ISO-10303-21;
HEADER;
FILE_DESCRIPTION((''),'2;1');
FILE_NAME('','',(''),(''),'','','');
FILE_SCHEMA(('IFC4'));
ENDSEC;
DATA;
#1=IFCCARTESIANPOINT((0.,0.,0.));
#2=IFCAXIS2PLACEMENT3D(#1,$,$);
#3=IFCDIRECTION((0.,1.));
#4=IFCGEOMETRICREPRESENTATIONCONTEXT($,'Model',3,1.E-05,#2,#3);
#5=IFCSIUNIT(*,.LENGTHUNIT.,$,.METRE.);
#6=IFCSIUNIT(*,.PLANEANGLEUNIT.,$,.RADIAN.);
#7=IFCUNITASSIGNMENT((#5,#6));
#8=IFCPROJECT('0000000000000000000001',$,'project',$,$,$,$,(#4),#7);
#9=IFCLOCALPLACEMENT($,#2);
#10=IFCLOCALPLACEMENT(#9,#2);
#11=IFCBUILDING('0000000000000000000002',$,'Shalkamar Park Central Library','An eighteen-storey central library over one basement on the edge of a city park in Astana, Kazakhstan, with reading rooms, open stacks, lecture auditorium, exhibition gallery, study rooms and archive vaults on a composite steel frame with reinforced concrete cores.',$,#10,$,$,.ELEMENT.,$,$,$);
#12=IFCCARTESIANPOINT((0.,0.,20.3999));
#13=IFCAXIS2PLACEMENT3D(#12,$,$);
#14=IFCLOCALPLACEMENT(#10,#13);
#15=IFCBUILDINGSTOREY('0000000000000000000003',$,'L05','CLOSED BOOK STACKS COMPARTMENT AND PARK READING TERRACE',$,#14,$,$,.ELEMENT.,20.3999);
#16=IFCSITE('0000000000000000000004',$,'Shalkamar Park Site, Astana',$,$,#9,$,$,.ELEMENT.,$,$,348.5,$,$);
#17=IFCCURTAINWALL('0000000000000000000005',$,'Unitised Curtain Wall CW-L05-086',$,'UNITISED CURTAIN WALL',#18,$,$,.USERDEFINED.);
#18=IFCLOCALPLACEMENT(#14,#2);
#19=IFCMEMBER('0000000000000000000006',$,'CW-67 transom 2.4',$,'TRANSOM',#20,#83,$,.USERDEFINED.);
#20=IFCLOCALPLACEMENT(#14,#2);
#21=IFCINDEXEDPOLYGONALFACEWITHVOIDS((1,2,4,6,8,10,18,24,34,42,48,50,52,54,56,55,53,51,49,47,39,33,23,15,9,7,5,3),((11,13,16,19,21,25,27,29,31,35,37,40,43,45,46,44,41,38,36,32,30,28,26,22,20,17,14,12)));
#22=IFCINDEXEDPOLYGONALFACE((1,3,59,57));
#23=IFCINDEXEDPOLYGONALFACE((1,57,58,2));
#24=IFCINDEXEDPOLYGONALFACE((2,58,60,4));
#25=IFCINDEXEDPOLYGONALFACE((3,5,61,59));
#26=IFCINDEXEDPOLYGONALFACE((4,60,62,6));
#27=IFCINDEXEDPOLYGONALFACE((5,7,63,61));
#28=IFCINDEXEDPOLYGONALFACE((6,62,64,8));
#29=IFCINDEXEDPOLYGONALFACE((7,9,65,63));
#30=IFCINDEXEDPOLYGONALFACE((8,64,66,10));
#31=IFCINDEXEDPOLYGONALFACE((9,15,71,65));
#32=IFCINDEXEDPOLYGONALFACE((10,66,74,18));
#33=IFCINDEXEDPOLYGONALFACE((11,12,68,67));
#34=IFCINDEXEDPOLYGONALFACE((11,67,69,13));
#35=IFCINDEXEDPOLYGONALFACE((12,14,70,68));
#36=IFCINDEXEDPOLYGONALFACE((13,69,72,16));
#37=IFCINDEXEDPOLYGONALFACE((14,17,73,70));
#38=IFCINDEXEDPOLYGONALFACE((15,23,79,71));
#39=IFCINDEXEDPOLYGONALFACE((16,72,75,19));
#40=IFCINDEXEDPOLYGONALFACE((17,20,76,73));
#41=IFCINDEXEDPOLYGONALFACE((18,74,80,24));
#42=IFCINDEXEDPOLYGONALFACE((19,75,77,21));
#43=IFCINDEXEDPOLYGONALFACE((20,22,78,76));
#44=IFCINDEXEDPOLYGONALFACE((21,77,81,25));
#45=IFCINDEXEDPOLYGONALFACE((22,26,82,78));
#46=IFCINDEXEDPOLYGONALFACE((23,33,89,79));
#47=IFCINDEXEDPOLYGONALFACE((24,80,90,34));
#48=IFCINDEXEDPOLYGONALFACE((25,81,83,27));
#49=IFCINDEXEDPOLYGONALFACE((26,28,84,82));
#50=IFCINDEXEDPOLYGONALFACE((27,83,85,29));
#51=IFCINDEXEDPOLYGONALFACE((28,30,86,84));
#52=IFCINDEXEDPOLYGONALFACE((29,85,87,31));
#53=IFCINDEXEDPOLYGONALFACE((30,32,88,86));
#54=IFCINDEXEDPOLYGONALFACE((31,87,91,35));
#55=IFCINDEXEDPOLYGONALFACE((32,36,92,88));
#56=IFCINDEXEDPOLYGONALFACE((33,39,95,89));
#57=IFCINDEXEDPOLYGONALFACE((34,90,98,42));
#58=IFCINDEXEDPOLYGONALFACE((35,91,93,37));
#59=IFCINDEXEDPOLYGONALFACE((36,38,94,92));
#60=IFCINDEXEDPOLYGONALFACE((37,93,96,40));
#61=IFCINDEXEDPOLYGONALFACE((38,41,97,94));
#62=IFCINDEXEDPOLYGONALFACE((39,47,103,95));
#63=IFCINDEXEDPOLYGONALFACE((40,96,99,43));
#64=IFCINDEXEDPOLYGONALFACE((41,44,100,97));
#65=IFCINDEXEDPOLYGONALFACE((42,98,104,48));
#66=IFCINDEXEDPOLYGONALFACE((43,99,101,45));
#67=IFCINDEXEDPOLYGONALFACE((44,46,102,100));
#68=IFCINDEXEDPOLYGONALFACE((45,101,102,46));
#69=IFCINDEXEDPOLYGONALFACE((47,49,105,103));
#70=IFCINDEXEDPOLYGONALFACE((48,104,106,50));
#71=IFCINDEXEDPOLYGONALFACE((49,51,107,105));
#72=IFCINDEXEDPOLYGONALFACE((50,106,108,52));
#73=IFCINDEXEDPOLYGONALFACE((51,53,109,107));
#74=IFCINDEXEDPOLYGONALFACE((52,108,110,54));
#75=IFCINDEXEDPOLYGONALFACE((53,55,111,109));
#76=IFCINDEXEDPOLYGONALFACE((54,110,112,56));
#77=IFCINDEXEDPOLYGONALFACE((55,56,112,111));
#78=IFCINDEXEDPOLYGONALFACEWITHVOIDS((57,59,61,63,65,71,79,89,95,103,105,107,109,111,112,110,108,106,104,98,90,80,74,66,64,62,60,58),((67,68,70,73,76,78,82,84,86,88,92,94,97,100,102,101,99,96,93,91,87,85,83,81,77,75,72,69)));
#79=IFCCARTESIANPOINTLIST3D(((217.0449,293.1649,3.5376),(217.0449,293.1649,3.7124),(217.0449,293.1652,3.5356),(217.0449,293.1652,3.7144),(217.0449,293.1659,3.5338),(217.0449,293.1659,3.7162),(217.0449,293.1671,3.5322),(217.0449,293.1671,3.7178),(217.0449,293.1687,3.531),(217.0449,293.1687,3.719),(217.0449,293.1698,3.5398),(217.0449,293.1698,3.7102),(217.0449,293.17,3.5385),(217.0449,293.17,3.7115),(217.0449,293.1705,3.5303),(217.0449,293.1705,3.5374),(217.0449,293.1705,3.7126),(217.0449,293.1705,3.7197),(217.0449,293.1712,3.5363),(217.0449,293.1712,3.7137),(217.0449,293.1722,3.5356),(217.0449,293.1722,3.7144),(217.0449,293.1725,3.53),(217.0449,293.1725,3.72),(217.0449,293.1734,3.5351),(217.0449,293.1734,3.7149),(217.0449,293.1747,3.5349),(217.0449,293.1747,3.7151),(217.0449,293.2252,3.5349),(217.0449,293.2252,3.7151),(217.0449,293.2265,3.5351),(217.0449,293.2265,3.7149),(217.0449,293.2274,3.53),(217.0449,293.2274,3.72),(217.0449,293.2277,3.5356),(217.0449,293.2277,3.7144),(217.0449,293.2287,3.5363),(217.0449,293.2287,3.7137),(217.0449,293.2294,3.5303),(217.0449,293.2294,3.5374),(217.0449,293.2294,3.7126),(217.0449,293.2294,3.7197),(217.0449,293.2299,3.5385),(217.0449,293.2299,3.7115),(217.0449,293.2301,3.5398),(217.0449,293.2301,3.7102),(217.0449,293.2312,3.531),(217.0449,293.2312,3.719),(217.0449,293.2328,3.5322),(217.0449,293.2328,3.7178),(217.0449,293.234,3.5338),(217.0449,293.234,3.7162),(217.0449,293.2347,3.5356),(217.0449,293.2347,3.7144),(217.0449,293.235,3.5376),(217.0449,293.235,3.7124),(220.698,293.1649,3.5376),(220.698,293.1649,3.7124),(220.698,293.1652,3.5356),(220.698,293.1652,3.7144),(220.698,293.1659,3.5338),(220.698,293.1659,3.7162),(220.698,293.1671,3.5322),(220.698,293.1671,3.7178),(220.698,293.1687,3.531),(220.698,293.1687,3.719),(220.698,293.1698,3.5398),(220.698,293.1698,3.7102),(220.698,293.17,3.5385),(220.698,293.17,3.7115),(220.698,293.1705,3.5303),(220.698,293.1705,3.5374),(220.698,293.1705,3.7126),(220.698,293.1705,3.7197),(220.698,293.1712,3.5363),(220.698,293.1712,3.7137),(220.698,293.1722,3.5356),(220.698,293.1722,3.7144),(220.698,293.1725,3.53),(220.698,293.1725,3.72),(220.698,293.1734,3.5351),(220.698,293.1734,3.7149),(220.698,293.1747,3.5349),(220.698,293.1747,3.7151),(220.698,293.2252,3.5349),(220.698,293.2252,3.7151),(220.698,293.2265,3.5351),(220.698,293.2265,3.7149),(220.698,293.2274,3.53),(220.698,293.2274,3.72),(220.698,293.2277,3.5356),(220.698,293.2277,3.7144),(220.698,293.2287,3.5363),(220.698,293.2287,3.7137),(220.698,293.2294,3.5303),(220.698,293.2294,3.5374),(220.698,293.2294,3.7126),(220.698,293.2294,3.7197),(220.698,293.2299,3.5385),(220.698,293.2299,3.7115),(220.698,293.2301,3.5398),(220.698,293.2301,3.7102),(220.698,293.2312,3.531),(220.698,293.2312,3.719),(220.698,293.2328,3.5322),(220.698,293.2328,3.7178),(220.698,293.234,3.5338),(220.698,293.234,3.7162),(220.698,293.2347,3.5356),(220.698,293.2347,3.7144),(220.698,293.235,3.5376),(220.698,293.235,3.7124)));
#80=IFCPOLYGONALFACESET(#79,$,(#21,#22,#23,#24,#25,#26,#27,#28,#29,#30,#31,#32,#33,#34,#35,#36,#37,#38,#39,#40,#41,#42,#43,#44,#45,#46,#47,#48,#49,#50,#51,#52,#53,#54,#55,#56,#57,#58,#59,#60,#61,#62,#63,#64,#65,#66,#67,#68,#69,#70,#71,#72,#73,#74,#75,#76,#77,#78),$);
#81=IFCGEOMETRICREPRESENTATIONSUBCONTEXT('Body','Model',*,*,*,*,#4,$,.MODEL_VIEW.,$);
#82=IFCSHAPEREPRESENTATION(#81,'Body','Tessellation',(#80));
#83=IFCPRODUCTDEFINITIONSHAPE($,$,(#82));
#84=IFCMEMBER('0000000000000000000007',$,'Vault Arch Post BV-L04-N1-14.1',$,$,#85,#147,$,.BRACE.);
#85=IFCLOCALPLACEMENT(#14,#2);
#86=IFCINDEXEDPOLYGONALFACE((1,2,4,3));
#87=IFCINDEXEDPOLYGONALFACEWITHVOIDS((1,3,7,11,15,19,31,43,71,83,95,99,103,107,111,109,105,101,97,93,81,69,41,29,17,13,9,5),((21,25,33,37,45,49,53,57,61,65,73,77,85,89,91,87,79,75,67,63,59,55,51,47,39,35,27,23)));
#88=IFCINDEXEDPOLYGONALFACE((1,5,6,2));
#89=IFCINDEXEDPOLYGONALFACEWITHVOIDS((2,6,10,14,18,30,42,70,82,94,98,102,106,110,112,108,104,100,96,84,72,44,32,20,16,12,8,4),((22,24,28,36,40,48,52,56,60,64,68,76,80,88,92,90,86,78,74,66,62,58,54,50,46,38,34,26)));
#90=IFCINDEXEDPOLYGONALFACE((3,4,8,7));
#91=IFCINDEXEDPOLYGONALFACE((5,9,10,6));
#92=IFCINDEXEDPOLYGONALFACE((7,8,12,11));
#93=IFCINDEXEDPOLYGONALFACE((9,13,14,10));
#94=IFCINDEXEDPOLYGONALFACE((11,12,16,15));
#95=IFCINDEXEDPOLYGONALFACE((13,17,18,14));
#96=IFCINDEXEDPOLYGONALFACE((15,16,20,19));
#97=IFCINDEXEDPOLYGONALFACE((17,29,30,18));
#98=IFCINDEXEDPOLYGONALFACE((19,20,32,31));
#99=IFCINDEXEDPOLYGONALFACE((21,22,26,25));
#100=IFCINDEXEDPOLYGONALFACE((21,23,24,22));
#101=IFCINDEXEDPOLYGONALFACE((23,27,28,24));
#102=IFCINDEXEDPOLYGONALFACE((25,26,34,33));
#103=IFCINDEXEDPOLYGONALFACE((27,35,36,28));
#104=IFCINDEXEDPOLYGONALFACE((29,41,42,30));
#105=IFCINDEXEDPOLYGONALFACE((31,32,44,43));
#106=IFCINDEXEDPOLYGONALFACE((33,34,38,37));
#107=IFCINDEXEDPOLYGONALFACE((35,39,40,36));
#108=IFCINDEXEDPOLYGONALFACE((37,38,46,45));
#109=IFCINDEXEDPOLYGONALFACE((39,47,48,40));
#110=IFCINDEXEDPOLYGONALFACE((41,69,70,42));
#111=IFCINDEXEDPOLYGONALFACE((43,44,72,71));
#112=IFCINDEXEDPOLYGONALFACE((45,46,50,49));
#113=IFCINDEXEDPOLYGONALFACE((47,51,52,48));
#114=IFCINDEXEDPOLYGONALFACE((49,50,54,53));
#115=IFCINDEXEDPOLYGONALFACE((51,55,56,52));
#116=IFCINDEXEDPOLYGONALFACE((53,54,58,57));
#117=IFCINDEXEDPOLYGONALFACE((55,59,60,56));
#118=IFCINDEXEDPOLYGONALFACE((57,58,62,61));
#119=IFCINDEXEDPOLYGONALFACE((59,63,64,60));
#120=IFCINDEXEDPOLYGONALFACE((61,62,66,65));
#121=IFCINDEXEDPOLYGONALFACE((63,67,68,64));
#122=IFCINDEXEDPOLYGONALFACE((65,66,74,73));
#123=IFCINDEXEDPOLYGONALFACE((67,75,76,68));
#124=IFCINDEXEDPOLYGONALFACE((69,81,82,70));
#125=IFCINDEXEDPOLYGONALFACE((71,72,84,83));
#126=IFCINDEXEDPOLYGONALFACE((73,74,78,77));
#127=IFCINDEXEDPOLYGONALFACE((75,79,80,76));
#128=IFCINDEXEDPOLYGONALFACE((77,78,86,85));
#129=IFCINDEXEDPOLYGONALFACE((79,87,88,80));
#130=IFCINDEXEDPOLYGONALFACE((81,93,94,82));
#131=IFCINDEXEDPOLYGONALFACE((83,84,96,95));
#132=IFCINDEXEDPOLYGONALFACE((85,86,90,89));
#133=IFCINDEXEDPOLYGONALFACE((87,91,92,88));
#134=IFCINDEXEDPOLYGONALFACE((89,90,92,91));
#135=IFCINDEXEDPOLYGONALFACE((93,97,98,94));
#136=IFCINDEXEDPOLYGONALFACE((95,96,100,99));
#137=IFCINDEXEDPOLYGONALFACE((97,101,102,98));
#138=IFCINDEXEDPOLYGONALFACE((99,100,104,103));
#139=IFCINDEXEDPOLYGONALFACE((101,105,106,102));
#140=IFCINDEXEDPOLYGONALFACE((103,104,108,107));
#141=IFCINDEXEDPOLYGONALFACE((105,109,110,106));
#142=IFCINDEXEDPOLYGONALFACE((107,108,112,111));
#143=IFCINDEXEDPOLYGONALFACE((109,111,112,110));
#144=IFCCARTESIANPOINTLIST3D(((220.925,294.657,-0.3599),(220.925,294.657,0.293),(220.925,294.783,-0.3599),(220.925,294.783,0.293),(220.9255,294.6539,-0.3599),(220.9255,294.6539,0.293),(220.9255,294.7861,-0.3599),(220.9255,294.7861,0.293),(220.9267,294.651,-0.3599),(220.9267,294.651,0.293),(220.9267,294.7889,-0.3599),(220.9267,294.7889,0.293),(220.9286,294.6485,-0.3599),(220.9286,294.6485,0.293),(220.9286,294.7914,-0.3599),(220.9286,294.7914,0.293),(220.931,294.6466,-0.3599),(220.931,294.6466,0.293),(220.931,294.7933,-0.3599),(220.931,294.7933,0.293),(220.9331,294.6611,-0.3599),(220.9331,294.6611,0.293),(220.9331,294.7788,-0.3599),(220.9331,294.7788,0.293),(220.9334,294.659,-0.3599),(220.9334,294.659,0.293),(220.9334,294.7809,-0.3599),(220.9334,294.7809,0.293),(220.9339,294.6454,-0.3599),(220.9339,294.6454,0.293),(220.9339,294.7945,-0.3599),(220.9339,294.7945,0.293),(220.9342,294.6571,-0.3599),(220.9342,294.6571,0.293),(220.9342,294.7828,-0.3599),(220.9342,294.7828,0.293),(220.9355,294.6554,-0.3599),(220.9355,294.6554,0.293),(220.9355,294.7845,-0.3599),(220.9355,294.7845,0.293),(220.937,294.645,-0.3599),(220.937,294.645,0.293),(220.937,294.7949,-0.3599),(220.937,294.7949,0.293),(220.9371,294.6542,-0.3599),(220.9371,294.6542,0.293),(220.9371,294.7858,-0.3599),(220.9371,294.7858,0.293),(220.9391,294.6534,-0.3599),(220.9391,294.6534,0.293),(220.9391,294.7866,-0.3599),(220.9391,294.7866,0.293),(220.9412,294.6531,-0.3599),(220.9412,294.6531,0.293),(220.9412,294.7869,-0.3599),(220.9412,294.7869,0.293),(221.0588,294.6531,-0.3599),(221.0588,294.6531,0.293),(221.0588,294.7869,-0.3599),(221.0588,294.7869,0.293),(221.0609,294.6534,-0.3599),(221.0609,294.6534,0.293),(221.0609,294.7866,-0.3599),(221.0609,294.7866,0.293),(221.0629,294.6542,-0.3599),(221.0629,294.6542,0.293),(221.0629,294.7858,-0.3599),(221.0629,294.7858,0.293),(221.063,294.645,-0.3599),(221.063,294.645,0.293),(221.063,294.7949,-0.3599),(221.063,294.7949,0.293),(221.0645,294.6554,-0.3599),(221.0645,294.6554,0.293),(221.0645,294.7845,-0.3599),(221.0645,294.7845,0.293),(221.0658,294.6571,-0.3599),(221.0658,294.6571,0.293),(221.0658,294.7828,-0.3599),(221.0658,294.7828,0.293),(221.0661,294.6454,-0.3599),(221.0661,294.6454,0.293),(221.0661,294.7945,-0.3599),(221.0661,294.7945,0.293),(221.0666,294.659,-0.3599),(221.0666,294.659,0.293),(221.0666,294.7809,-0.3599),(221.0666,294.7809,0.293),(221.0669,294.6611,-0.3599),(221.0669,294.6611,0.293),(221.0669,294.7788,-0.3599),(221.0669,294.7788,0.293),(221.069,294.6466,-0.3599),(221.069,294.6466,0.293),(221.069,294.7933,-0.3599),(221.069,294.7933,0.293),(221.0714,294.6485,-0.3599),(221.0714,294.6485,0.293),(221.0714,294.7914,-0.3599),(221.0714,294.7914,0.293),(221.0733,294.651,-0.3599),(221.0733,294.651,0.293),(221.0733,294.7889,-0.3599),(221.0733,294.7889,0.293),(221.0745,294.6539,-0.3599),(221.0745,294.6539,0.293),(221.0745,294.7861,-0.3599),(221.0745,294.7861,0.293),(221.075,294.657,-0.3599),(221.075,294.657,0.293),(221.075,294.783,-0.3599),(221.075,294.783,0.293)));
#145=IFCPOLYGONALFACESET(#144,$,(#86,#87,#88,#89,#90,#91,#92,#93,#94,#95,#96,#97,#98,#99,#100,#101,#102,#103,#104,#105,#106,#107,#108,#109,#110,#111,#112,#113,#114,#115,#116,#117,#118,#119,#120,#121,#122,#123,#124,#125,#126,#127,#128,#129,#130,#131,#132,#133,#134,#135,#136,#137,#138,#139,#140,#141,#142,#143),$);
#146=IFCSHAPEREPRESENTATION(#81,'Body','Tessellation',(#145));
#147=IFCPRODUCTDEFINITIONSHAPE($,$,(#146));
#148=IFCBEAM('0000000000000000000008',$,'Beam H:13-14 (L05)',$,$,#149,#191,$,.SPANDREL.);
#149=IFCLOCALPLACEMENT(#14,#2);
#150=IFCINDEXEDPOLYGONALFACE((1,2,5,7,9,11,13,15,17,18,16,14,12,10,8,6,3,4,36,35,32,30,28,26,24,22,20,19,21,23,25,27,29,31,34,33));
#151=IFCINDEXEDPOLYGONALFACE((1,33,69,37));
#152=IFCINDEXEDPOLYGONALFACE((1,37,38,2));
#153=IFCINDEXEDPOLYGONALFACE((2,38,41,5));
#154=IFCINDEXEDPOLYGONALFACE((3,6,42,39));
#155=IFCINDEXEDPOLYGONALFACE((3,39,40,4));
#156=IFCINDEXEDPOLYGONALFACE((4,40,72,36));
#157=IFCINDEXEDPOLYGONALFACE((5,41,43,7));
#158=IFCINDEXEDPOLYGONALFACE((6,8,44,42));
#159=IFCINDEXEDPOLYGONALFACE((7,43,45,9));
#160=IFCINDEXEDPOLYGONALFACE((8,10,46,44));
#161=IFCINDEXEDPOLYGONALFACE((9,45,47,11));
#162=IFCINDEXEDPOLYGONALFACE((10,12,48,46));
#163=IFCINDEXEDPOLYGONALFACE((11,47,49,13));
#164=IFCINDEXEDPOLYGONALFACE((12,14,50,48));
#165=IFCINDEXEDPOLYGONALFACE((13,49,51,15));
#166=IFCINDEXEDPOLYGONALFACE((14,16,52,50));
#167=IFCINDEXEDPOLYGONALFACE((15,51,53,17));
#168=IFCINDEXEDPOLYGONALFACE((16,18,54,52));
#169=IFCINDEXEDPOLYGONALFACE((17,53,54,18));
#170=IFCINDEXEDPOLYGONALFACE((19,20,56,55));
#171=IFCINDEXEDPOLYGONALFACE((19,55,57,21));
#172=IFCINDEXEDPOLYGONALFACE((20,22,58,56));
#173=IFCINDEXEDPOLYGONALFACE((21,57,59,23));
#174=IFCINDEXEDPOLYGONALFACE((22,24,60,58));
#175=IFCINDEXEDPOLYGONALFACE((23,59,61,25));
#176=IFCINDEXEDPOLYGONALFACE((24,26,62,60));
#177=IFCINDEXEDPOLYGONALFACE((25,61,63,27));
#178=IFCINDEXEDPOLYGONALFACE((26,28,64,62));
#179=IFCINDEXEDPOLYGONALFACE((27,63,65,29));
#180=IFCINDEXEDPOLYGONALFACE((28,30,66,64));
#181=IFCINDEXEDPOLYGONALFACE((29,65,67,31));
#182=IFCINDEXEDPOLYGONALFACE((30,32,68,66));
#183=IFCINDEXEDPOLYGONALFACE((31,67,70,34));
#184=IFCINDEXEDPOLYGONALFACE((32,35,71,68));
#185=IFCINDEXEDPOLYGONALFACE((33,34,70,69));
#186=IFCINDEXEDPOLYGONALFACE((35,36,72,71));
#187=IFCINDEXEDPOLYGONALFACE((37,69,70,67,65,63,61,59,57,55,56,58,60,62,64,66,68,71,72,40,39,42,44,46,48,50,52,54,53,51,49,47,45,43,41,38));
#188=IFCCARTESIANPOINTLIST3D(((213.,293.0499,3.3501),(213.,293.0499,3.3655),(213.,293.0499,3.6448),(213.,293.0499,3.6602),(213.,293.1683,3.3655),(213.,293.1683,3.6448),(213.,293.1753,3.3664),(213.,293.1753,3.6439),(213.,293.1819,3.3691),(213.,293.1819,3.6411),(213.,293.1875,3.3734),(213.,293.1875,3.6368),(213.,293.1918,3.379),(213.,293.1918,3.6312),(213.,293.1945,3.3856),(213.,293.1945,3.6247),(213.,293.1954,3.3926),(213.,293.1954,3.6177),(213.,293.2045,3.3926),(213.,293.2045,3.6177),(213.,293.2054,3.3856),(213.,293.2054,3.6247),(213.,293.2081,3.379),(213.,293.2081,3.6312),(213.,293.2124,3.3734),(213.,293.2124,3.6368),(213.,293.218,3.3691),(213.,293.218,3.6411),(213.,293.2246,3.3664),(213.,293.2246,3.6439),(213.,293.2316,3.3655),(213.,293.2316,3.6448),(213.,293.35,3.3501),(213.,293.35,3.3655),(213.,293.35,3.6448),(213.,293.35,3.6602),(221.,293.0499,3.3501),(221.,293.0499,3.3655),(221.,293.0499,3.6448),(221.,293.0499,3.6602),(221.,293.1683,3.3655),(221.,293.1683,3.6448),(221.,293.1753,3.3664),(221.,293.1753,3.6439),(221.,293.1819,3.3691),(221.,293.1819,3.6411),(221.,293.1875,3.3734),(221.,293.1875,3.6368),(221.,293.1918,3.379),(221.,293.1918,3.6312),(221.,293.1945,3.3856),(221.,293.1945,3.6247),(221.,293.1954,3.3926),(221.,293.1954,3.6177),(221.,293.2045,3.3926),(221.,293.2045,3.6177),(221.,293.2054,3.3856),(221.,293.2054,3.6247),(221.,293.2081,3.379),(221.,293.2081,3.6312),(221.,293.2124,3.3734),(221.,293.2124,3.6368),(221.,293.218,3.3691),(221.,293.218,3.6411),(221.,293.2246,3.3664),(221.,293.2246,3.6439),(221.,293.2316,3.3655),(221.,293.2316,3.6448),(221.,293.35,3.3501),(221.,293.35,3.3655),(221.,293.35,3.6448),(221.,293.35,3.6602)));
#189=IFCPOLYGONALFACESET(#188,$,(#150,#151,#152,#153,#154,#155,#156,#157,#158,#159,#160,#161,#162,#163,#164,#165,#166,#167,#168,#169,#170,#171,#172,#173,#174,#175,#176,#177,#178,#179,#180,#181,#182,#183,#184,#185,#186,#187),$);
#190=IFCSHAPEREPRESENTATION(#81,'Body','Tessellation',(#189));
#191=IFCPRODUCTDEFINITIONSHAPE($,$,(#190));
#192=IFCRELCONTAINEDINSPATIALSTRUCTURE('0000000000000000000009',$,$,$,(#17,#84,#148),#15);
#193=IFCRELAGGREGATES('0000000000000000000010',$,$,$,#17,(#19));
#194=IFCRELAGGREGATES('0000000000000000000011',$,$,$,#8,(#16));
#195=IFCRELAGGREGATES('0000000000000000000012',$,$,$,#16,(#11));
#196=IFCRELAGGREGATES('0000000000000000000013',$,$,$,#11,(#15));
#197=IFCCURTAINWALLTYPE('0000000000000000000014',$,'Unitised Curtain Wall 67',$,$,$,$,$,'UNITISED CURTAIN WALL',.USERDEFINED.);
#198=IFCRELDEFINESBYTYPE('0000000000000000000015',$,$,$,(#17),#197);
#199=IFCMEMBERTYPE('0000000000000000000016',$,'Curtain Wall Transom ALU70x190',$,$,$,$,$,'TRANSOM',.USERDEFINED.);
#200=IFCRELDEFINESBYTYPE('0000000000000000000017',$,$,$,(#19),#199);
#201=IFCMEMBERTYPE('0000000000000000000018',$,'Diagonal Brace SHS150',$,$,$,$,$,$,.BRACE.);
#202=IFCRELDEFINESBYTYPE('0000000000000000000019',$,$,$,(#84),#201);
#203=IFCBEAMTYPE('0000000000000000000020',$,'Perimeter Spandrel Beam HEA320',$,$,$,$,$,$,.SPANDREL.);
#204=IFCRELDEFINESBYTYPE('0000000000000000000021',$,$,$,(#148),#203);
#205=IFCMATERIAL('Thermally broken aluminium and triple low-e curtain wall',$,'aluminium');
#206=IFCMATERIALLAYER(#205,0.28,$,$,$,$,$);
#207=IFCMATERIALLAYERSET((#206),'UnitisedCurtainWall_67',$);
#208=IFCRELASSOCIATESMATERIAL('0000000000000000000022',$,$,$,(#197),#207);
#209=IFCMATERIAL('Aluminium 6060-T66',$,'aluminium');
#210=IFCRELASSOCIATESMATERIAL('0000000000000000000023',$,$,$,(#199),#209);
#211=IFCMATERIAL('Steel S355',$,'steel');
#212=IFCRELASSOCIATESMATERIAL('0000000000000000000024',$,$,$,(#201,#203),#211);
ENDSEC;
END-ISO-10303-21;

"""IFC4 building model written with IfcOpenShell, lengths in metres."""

from ifc_helpers import new_model, si_unit, direction, frame, origin, origin_2d, place, context, subcontext, project, spatial, hollow_rectangle, i_section, extrude, material, layer, layer_set, material_profile, profile_set, type_object, element, aggregate, save


model = new_model("IFC4")

# Units and contexts
model_context = context("Model", 3, precision=1e-05, world=origin(), true_north=direction((0.0, 1.0)))
body_context = subcontext(model_context, "Body", "Model", "MODEL_VIEW")
ifc_project = project(units=[si_unit("LENGTHUNIT", "METRE"), si_unit("PLANEANGLEUNIT", "RADIAN")], contexts=[model_context])

# Site, building, storey
site_placement = place(None, origin())
site = spatial("IfcSite", under=ifc_project, at=site_placement, Name="Shalkamar Park Site, Astana", CompositionType="ELEMENT", RefElevation=348.5)
building_placement = place(site_placement, origin())
building = spatial("IfcBuilding", under=site, at=building_placement, Name="Shalkamar Park Central Library", Description="An eighteen-storey central library over one basement on the edge of a city park in Astana, Kazakhstan, with reading rooms, open stacks, lecture auditorium, exhibition gallery, study rooms and archive vaults on a composite steel frame with reinforced concrete cores.", CompositionType="ELEMENT")
storey_placement = place(building_placement, frame((0.0, 0.0, 20.3999)))
storey = spatial("IfcBuildingStorey", under=building, at=storey_placement, Name="L05", Description="CLOSED BOOK STACKS COMPARTMENT AND PARK READING TERRACE", CompositionType="ELEMENT", Elevation=20.3999)

# Shared definitions
ifc_material_1 = material(Name="Steel S355", Category="steel")

# Curtain wall, member
ifc_material_2 = material(Name="Thermally broken aluminium and triple low-e curtain wall", Category="aluminium")
ifc_layer_1 = layer(ifc_material_2, 0.28)
ifc_layer_set_1 = layer_set([ifc_layer_1], Name="UnitisedCurtainWall_67")
curtain_wall_type = type_object("IfcCurtainWallType", Name="Unitised Curtain Wall 67", ElementType="UNITISED CURTAIN WALL", PredefinedType="USERDEFINED", material=ifc_layer_set_1)
curtain_wall_placement = place(storey_placement, origin())
curtain_wall = element("IfcCurtainWall", 1, at=curtain_wall_placement, inside=storey, type_object=curtain_wall_type, Name="Unitised Curtain Wall CW-L05-086", ObjectType="UNITISED CURTAIN WALL", PredefinedType="USERDEFINED")
ifc_material_3 = material(Name="Aluminium 6060-T66", Category="aluminium")
ifc_material_profile_1 = material_profile(ifc_material_3, hollow_rectangle(XDim=0.0701, YDim=0.1899, WallThickness=0.0049, InnerFilletRadius=0.0049, OuterFilletRadius=0.0076, at=origin_2d()), Name="ALU 70x190x5")
ifc_profile_set_1 = profile_set([ifc_material_profile_1], Name="Aluminium 6060-T66")
member_type_1 = type_object("IfcMemberType", Name="Curtain Wall Transom ALU70x190", ElementType="TRANSOM", PredefinedType="USERDEFINED", material=ifc_profile_set_1)
member_1_placement = place(storey_placement, frame((217.0449, 293.2, 3.625), z_axis=(1.0, 0.0, 0.0), x_axis=(0.0, 1.0, 0.0)))
member_1 = element("IfcMember", 2, at=member_1_placement, type_object=member_type_1, Name="CW-67 transom 2.4", ObjectType="TRANSOM", PredefinedType="USERDEFINED", context=body_context, shape_type="SweptSolid", body=[
    extrude(hollow_rectangle(XDim=0.0701, YDim=0.1899, WallThickness=0.0049, InnerFilletRadius=0.0049, OuterFilletRadius=0.0076, at=origin_2d()), origin(), (0.0, 0.0, 1.0), 3.6531),
])

# Member
ifc_material_profile_2 = material_profile(ifc_material_1, hollow_rectangle(XDim=0.1499, YDim=0.1499, WallThickness=0.0081, InnerFilletRadius=0.0081, OuterFilletRadius=0.012, at=origin_2d()), Name="SHS 150x150x8")
ifc_profile_set_2 = profile_set([ifc_material_profile_2], Name="Steel S355")
member_type_2 = type_object("IfcMemberType", Name="Diagonal Brace SHS150", PredefinedType="BRACE", material=ifc_profile_set_2)
member_2_placement = place(storey_placement, frame((221.0, 294.72, -0.3599), z_axis=(0.0, 0.0, 1.0), x_axis=(1.0, 0.0, 0.0)))
element("IfcMember", 3, at=member_2_placement, inside=storey, type_object=member_type_2, Name="Vault Arch Post BV-L04-N1-14.1", PredefinedType="BRACE", context=body_context, shape_type="SweptSolid", body=[
    extrude(hollow_rectangle(XDim=0.1499, YDim=0.1499, WallThickness=0.0081, InnerFilletRadius=0.0081, OuterFilletRadius=0.012, at=origin_2d()), origin(), (0.0, 0.0, 1.0), 0.6528),
])

# Beam
ifc_material_profile_3 = material_profile(ifc_material_1, i_section(OverallWidth=0.3, OverallDepth=0.3101, WebThickness=0.009, FlangeThickness=0.0154, FilletRadius=0.0271, at=origin_2d()), Name="HEA 320")
ifc_profile_set_3 = profile_set([ifc_material_profile_3], Name="Steel S355")
beam_type = type_object("IfcBeamType", Name="Perimeter Spandrel Beam HEA320", PredefinedType="SPANDREL", material=ifc_profile_set_3)
beam_placement = place(storey_placement, frame((213.0, 293.2, 3.5051), z_axis=(1.0, 0.0, 0.0), x_axis=(0.0, 1.0, 0.0)))
element("IfcBeam", 4, at=beam_placement, inside=storey, type_object=beam_type, Name="Beam H:13-14 (L05)", PredefinedType="SPANDREL", context=body_context, shape_type="SweptSolid", body=[
    extrude(i_section(OverallWidth=0.3, OverallDepth=0.3101, WebThickness=0.009, FlangeThickness=0.0154, FilletRadius=0.0271, at=origin_2d()), origin(), (0.0, 0.0, 1.0), 8.0),
])

aggregate(curtain_wall, [member_1])

save(model, "model.ifc")
